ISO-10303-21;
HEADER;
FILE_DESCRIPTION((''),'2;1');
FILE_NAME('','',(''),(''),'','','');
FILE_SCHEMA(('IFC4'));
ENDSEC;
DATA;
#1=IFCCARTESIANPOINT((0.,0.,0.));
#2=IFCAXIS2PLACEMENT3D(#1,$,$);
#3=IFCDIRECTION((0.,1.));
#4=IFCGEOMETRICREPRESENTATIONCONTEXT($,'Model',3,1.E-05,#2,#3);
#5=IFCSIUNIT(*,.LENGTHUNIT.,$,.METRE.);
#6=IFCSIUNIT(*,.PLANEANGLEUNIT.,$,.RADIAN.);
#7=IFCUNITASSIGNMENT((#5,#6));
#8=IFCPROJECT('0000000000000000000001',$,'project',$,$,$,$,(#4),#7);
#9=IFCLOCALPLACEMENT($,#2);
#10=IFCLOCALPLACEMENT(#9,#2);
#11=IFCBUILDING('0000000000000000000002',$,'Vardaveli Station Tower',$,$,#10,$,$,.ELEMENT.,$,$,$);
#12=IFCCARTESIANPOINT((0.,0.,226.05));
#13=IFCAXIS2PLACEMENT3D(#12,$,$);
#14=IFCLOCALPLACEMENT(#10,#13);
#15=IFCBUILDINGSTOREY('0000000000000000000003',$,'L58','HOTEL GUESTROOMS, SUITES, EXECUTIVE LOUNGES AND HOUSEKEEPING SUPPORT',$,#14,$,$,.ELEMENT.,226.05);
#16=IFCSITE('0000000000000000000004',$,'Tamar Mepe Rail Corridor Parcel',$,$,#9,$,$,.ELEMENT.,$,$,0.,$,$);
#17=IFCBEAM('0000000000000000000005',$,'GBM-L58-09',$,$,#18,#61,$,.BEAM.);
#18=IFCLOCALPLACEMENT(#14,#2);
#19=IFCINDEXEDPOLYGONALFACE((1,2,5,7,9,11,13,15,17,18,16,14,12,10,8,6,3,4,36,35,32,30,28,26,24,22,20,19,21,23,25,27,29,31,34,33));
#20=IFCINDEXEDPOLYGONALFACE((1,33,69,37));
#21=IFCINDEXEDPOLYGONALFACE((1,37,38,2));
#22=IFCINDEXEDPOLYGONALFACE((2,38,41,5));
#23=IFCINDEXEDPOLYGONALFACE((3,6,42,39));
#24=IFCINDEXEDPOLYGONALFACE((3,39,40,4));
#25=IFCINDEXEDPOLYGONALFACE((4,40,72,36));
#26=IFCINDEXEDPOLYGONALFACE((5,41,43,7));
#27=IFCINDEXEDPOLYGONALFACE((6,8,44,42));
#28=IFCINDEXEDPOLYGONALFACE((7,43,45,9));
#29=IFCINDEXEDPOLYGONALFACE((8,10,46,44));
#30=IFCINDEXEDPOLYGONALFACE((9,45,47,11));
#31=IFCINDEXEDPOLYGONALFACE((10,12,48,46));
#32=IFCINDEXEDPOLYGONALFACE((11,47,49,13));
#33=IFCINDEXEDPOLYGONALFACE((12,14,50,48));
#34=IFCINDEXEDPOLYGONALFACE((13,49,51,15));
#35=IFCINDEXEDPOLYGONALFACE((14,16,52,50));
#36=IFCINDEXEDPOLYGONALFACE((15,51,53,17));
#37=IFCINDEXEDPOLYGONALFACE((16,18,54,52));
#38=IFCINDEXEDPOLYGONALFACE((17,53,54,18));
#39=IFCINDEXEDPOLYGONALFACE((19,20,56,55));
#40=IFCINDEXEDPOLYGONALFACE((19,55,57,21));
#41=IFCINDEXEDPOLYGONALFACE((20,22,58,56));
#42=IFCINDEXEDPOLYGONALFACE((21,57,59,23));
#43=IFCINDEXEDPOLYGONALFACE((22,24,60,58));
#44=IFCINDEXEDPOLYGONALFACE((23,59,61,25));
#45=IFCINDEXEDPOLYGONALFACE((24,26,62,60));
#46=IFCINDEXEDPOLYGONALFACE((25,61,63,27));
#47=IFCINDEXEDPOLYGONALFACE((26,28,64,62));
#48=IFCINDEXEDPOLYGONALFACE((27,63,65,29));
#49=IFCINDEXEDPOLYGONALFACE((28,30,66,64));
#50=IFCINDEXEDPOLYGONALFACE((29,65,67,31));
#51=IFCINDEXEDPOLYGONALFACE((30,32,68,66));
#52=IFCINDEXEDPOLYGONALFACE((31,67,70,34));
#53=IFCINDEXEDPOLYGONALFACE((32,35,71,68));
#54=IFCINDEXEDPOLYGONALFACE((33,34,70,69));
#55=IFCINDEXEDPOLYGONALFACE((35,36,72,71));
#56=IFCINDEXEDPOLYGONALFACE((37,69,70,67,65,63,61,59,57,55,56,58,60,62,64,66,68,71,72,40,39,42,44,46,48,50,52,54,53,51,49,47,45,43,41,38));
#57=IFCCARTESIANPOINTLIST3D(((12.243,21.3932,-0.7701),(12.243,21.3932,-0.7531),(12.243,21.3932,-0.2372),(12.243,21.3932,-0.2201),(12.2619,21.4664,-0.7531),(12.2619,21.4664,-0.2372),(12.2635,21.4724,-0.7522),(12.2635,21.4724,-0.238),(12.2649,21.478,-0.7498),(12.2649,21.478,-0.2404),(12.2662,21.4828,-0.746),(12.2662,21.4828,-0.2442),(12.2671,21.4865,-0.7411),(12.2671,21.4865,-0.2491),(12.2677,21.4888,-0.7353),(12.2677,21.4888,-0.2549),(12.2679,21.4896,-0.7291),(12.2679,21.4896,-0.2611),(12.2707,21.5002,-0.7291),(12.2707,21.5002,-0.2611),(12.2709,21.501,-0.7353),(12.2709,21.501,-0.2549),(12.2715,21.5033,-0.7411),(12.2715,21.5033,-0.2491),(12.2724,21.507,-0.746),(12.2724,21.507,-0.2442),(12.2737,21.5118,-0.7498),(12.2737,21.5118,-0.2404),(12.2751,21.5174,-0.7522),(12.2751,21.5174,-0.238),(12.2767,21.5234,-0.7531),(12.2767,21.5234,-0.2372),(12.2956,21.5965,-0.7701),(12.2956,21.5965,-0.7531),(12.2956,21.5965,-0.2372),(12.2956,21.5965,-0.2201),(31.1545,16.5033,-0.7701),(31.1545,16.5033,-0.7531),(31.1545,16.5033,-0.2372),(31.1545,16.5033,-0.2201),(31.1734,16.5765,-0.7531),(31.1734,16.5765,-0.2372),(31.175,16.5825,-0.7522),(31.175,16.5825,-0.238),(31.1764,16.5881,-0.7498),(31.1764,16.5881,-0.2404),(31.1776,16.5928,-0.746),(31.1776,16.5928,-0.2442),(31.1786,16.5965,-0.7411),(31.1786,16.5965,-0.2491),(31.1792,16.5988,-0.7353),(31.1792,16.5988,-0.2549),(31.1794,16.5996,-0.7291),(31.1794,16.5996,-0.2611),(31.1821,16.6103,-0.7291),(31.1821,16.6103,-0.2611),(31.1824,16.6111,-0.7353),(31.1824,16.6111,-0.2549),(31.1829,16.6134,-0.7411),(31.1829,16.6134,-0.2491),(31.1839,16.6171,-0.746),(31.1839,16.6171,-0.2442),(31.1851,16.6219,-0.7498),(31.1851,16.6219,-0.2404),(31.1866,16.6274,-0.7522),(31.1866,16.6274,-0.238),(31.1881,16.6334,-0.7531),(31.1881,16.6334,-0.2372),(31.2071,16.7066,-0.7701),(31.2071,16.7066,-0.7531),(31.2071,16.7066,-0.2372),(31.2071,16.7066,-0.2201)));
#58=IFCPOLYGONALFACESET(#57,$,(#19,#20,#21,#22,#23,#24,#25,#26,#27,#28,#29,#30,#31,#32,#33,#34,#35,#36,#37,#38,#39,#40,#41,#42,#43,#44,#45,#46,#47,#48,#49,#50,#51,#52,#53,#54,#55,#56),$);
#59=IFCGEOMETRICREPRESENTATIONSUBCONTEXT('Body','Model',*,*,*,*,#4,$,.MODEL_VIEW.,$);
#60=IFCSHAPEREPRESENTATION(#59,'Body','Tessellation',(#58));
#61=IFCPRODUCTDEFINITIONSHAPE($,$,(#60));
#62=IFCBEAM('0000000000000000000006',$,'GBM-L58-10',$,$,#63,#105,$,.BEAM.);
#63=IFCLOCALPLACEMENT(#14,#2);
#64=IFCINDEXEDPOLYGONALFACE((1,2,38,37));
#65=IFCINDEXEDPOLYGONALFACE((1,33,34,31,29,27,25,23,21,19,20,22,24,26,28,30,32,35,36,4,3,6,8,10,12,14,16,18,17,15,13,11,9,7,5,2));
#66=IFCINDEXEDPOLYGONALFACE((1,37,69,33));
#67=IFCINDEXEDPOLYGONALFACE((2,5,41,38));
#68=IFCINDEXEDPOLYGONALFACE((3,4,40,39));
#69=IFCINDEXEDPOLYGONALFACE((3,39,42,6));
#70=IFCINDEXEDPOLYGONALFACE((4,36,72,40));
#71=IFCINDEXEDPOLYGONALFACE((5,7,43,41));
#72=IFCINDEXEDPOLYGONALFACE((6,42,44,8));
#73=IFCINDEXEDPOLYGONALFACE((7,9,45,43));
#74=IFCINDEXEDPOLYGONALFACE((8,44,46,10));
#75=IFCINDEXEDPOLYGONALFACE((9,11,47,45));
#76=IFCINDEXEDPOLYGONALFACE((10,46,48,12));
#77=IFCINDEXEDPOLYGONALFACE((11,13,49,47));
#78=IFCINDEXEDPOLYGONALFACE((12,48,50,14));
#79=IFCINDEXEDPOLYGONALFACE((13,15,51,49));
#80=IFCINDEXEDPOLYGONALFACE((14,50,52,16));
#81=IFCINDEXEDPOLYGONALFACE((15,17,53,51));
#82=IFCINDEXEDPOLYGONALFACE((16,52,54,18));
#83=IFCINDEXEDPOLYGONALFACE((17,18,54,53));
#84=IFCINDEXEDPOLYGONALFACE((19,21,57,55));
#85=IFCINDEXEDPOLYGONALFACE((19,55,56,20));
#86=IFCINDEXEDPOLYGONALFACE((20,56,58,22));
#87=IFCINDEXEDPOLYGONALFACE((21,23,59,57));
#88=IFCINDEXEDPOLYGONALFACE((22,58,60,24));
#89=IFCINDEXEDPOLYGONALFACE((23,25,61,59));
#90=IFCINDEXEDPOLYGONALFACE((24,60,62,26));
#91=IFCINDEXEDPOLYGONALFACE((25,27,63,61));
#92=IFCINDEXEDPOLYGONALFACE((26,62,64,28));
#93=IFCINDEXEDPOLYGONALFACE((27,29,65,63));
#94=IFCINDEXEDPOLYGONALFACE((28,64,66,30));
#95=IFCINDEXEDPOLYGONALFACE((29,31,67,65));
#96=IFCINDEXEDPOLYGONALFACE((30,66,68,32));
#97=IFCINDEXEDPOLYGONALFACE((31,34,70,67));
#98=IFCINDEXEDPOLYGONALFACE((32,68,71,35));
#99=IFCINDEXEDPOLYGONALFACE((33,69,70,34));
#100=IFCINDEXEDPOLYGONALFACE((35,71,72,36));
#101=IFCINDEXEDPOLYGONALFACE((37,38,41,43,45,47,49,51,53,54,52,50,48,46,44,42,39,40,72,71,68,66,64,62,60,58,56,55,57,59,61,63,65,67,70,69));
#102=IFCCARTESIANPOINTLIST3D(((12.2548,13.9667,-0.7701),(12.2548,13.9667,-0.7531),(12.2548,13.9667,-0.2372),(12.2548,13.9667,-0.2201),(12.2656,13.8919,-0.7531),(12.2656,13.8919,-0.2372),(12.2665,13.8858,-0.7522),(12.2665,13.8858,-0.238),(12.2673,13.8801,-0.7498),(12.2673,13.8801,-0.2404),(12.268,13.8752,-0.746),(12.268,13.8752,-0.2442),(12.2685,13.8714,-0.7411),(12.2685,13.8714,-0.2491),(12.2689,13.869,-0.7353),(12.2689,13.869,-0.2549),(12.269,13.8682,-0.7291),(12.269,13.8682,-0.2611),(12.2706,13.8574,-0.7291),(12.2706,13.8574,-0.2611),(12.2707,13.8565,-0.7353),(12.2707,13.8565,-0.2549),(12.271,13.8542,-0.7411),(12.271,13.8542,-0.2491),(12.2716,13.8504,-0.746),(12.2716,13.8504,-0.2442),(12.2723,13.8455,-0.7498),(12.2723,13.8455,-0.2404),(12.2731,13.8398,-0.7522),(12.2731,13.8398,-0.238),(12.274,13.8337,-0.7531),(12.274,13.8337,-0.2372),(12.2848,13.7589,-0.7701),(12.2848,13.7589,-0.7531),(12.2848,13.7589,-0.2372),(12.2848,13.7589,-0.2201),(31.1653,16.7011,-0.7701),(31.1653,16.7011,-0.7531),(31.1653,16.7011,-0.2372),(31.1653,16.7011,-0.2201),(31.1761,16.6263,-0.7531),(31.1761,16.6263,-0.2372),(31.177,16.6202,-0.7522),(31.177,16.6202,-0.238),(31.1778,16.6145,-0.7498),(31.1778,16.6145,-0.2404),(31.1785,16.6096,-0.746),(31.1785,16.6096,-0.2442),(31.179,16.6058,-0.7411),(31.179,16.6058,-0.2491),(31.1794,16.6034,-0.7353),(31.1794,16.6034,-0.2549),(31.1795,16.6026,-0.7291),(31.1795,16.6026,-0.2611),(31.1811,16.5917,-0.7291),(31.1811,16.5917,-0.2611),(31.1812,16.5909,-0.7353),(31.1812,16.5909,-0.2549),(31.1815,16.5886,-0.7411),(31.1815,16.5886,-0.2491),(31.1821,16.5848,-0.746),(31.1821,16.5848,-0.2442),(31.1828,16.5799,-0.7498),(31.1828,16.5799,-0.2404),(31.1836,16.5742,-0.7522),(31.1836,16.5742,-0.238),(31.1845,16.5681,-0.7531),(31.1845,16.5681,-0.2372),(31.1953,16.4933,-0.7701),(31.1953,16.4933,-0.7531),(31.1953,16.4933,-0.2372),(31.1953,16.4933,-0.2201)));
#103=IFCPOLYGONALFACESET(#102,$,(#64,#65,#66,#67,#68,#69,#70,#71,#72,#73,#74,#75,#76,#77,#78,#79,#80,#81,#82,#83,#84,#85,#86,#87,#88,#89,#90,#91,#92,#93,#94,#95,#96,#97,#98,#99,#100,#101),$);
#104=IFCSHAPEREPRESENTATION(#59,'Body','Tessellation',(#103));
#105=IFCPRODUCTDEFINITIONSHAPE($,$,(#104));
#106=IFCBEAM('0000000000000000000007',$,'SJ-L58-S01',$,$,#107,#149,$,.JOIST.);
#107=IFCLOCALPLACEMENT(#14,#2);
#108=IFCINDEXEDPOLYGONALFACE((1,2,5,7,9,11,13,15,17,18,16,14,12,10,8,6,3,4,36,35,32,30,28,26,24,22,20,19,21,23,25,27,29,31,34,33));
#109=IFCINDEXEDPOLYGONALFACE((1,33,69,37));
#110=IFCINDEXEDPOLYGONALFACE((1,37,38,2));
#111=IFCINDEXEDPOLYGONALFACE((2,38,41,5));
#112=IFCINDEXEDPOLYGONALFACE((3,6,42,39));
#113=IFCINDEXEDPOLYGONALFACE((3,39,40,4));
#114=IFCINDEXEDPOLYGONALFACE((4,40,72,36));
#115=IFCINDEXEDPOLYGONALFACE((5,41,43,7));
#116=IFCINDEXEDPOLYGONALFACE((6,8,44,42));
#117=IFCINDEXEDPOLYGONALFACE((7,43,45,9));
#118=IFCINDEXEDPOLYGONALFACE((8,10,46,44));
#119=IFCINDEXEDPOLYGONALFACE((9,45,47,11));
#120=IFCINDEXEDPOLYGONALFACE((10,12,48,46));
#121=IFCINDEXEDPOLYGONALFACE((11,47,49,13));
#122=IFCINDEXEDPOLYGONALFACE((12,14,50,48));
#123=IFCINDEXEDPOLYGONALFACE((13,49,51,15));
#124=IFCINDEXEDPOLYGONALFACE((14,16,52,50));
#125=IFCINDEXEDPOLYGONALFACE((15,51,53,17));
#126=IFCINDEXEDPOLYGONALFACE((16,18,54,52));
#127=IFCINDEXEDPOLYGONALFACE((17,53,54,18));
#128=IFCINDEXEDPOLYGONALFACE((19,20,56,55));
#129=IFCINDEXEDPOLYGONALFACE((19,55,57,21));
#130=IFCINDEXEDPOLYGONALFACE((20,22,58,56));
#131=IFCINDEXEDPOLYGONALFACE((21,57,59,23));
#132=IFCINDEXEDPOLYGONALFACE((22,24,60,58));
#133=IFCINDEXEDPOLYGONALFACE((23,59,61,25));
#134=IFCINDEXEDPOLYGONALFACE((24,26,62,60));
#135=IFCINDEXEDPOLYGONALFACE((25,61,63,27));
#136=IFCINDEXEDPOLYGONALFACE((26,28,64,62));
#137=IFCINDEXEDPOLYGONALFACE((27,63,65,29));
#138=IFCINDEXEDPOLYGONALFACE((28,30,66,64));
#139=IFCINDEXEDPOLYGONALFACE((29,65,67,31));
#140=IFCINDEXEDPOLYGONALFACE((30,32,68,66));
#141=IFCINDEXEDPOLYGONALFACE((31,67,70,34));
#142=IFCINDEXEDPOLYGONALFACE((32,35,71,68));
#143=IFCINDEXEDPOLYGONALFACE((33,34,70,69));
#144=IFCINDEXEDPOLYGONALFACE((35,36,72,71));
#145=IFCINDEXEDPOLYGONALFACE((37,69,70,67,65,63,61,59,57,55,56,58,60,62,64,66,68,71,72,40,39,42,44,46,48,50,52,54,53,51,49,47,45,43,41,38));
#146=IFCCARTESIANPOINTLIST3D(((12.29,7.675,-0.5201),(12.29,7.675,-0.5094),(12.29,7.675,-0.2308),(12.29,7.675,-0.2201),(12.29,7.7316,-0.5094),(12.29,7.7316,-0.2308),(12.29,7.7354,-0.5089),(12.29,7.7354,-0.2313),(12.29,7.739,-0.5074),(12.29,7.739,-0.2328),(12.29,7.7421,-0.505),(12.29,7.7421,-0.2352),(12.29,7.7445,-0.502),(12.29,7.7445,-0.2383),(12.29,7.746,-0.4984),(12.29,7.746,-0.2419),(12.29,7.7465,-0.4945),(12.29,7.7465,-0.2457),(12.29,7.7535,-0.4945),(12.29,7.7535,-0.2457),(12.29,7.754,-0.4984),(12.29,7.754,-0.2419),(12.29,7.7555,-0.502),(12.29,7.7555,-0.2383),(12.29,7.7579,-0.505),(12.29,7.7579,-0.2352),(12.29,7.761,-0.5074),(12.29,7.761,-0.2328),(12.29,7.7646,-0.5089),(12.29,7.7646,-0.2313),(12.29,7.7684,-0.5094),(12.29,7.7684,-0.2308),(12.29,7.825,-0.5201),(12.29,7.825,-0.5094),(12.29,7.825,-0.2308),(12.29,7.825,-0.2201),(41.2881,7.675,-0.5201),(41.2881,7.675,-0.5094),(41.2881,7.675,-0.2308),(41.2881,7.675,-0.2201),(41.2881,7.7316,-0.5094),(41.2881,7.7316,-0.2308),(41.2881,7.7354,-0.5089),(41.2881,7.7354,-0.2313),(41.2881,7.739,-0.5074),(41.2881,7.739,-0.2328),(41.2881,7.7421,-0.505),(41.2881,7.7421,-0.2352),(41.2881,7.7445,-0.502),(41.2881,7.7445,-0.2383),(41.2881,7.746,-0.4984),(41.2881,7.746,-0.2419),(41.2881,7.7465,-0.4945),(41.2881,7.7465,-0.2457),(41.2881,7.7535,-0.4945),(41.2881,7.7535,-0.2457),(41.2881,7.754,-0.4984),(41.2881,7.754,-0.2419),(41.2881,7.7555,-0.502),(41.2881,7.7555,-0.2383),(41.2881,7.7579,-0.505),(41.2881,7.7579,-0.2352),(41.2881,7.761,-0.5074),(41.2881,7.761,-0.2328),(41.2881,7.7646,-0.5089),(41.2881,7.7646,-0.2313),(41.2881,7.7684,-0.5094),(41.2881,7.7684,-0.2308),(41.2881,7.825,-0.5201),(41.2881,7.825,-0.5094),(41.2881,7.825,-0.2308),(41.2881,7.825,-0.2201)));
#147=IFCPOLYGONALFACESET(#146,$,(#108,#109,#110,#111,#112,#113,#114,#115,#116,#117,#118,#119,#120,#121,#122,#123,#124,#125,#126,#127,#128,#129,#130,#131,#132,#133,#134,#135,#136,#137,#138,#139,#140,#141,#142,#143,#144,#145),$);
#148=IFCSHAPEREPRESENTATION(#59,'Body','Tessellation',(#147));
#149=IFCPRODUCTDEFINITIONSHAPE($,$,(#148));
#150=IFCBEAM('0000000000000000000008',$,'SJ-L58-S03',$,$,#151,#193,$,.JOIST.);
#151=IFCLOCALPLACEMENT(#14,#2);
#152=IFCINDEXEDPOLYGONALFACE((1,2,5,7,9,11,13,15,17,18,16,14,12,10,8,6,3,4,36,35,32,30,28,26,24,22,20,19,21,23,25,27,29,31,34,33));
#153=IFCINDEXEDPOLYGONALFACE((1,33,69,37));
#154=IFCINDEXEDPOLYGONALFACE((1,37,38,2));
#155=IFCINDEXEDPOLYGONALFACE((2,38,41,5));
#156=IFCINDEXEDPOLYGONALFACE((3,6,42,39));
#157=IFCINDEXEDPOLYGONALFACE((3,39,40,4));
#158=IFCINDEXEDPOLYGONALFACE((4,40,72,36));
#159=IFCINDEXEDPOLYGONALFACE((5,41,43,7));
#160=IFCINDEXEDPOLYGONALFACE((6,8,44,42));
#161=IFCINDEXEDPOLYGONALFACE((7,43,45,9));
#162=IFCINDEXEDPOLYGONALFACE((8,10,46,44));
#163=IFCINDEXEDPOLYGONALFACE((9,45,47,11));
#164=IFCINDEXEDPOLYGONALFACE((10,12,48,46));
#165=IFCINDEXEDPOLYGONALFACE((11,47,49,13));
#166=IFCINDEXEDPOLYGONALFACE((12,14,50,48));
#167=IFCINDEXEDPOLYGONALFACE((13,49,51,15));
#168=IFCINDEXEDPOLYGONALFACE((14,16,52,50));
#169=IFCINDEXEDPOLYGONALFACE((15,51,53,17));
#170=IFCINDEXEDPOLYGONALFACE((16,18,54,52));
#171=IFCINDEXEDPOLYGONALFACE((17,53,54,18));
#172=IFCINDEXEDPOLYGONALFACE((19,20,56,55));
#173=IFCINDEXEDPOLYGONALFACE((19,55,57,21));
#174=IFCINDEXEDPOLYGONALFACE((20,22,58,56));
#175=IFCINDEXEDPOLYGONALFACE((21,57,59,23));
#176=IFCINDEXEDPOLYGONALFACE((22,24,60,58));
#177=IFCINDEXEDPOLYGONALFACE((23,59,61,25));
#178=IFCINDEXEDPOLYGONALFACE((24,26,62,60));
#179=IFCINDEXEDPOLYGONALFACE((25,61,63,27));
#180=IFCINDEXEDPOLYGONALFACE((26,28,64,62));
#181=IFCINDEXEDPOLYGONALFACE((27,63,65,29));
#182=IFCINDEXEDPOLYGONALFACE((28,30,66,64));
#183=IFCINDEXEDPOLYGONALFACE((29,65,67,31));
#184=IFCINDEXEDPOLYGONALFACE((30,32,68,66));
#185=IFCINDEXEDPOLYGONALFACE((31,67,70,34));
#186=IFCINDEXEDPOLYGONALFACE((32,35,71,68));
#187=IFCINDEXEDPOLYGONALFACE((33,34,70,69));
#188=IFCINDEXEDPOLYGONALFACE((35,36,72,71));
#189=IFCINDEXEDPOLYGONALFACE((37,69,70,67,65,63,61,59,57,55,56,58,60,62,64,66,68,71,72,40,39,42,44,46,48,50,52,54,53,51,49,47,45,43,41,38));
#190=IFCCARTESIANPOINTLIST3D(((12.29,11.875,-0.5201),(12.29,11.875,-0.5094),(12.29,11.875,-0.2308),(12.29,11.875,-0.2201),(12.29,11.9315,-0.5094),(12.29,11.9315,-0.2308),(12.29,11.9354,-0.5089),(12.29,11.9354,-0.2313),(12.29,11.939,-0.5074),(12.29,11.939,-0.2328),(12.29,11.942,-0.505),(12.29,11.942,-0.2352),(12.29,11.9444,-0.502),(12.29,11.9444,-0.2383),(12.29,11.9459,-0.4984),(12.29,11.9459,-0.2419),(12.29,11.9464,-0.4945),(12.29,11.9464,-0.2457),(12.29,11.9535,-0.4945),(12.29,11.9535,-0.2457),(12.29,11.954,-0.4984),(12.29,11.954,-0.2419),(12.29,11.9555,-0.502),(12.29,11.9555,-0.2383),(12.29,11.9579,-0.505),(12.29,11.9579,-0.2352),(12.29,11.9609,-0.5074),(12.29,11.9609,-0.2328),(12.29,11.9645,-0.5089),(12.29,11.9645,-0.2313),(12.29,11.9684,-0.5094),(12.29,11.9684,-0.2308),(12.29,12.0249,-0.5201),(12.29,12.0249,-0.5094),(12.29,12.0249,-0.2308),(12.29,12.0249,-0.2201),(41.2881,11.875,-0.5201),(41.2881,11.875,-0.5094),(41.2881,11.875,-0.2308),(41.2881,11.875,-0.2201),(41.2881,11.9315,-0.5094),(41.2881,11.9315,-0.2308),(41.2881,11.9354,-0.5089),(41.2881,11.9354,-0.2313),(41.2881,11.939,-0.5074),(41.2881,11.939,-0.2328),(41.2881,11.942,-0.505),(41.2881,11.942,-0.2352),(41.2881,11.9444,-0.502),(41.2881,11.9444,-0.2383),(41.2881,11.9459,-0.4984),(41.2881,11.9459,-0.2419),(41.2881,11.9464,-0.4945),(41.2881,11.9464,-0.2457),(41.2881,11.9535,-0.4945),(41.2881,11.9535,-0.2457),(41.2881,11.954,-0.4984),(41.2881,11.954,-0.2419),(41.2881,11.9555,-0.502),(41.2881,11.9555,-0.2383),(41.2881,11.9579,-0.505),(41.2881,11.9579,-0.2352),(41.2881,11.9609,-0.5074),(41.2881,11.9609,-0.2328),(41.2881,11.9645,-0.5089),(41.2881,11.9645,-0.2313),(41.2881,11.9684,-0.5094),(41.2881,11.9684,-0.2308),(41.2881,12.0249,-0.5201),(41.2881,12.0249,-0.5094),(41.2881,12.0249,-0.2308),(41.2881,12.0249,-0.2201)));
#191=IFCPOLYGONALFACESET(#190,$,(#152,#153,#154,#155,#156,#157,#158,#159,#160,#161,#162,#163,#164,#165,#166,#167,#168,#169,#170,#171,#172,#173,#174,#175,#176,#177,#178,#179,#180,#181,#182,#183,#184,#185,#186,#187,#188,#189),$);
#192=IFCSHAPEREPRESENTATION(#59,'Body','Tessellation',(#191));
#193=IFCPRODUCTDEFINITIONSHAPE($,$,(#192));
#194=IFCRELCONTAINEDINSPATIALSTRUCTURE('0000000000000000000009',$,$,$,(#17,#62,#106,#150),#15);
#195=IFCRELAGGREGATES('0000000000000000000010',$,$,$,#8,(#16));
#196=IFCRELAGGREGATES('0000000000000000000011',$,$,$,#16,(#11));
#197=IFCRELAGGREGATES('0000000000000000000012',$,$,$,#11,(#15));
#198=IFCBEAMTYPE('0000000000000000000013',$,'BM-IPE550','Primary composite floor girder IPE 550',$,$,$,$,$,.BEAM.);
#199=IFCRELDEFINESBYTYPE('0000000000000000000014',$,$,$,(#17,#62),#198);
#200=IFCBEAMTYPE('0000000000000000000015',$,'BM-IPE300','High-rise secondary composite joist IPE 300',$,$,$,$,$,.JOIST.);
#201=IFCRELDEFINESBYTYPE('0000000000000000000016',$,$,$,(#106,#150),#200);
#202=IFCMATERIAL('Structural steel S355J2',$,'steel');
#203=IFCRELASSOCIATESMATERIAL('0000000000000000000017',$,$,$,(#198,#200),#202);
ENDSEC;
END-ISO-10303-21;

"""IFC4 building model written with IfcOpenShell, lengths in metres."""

from ifc_helpers import new_model, si_unit, direction, frame, origin, origin_2d, place, context, subcontext, project, spatial, i_section, extrude, source, transform, mapped, material, material_profile, profile_set, type_object, element, save


model = new_model("IFC4")

# Units and contexts
model_context = context("Model", 3, precision=1e-05, world=origin(), true_north=direction((0.0, 1.0)))
body_context = subcontext(model_context, "Body", "Model", "MODEL_VIEW")
ifc_project = project(units=[si_unit("LENGTHUNIT", "METRE"), si_unit("PLANEANGLEUNIT", "RADIAN")], contexts=[model_context])

# Site, building, storey
site_placement = place(None, origin())
site = spatial("IfcSite", under=ifc_project, at=site_placement, Name="Tamar Mepe Rail Corridor Parcel", CompositionType="ELEMENT", RefElevation=0.0)
building_placement = place(site_placement, origin())
building = spatial("IfcBuilding", under=site, at=building_placement, Name="Vardaveli Station Tower", CompositionType="ELEMENT")
storey_placement = place(building_placement, frame((0.0, 0.0, 226.05)))
storey = spatial("IfcBuildingStorey", under=building, at=storey_placement, Name="L58", Description="HOTEL GUESTROOMS, SUITES, EXECUTIVE LOUNGES AND HOUSEKEEPING SUPPORT", CompositionType="ELEMENT", Elevation=226.05)

# Beams
ifc_material_1 = material(Name="Structural steel S355J2", Category="steel")
ifc_material_profile_1 = material_profile(ifc_material_1, i_section(OverallWidth=0.21, OverallDepth=0.55, WebThickness=0.011, FlangeThickness=0.0171, FilletRadius=0.0239, at=origin_2d()), Name="IPE 550")
ifc_profile_set_1 = profile_set([ifc_material_profile_1], Name="Structural steel S355J2")
beam_type_1 = type_object("IfcBeamType", Name="BM-IPE550", Description="Primary composite floor girder IPE 550", PredefinedType="BEAM", material=ifc_profile_set_1)
shared_shape_1 = source(origin(), body_context, "Body", "SweptSolid", [
    extrude(i_section(OverallWidth=0.21, OverallDepth=0.55, WebThickness=0.011, FlangeThickness=0.0171, FilletRadius=0.0239, at=origin_2d()), origin(), (0.0, 0.0, 1.0), 19.5334),
])
beam_1_placement = place(storey_placement, frame((12.2693, 21.4949, -0.4951), z_axis=(0.968159, -0.250336, 0.0), x_axis=(0.250336, 0.968159, 0.0)))
element("IfcBeam", 1, at=beam_1_placement, inside=storey, type_object=beam_type_1, Name="GBM-L58-09", PredefinedType="BEAM", context=body_context, shape_type="MappedRepresentation", body=[
    mapped(shared_shape_1, transform((0.0, 0.0, 0.0), scale=1.0)),
])
shared_shape_2 = source(origin(), body_context, "Body", "SweptSolid", [
    extrude(i_section(OverallWidth=0.21, OverallDepth=0.55, WebThickness=0.011, FlangeThickness=0.0171, FilletRadius=0.0239, at=origin_2d()), origin(), (0.0, 0.0, 1.0), 19.1072),
])
beam_2_placement = place(storey_placement, frame((12.2698, 13.8628, -0.4951), z_axis=(0.989707, 0.143108, 0.0), x_axis=(-0.143108, 0.989707, 0.0)))
element("IfcBeam", 2, at=beam_2_placement, inside=storey, type_object=beam_type_1, Name="GBM-L58-10", PredefinedType="BEAM", context=body_context, shape_type="MappedRepresentation", body=[
    mapped(shared_shape_2, transform((0.0, 0.0, 0.0), scale=1.0)),
])
ifc_material_profile_2 = material_profile(ifc_material_1, i_section(OverallWidth=0.1499, OverallDepth=0.3, WebThickness=0.0071, FlangeThickness=0.0107, FilletRadius=0.0149, at=origin_2d()), Name="IPE 300")
ifc_profile_set_2 = profile_set([ifc_material_profile_2], Name="Structural steel S355J2")
beam_type_2 = type_object("IfcBeamType", Name="BM-IPE300", Description="High-rise secondary composite joist IPE 300", PredefinedType="JOIST", material=ifc_profile_set_2)
shared_shape_3 = source(origin(), body_context, "Body", "SweptSolid", [
    extrude(i_section(OverallWidth=0.1499, OverallDepth=0.3, WebThickness=0.0071, FlangeThickness=0.0107, FilletRadius=0.0149, at=origin_2d()), origin(), (0.0, 0.0, 1.0), 28.998),
])
for number, where, z_axis, x_axis, name in (
    (3, (12.29, 7.75, -0.3701), (1.0, 0.0, 0.0), (0.0, 1.0, 0.0), "SJ-L58-S01"),
    (4, (12.29, 11.95, -0.3701), (1.0, 0.0, 0.0), (0.0, 1.0, 0.0), "SJ-L58-S03"),
):
    element("IfcBeam", number, at=place(storey_placement, frame(where, z_axis=z_axis, x_axis=x_axis)), inside=storey, type_object=beam_type_2, Name=name, PredefinedType="JOIST", context=body_context, shape_type="MappedRepresentation", body=[
        mapped(shared_shape_3, transform((0.0, 0.0, 0.0), scale=1.0)),
    ])

save(model, "model.ifc")
